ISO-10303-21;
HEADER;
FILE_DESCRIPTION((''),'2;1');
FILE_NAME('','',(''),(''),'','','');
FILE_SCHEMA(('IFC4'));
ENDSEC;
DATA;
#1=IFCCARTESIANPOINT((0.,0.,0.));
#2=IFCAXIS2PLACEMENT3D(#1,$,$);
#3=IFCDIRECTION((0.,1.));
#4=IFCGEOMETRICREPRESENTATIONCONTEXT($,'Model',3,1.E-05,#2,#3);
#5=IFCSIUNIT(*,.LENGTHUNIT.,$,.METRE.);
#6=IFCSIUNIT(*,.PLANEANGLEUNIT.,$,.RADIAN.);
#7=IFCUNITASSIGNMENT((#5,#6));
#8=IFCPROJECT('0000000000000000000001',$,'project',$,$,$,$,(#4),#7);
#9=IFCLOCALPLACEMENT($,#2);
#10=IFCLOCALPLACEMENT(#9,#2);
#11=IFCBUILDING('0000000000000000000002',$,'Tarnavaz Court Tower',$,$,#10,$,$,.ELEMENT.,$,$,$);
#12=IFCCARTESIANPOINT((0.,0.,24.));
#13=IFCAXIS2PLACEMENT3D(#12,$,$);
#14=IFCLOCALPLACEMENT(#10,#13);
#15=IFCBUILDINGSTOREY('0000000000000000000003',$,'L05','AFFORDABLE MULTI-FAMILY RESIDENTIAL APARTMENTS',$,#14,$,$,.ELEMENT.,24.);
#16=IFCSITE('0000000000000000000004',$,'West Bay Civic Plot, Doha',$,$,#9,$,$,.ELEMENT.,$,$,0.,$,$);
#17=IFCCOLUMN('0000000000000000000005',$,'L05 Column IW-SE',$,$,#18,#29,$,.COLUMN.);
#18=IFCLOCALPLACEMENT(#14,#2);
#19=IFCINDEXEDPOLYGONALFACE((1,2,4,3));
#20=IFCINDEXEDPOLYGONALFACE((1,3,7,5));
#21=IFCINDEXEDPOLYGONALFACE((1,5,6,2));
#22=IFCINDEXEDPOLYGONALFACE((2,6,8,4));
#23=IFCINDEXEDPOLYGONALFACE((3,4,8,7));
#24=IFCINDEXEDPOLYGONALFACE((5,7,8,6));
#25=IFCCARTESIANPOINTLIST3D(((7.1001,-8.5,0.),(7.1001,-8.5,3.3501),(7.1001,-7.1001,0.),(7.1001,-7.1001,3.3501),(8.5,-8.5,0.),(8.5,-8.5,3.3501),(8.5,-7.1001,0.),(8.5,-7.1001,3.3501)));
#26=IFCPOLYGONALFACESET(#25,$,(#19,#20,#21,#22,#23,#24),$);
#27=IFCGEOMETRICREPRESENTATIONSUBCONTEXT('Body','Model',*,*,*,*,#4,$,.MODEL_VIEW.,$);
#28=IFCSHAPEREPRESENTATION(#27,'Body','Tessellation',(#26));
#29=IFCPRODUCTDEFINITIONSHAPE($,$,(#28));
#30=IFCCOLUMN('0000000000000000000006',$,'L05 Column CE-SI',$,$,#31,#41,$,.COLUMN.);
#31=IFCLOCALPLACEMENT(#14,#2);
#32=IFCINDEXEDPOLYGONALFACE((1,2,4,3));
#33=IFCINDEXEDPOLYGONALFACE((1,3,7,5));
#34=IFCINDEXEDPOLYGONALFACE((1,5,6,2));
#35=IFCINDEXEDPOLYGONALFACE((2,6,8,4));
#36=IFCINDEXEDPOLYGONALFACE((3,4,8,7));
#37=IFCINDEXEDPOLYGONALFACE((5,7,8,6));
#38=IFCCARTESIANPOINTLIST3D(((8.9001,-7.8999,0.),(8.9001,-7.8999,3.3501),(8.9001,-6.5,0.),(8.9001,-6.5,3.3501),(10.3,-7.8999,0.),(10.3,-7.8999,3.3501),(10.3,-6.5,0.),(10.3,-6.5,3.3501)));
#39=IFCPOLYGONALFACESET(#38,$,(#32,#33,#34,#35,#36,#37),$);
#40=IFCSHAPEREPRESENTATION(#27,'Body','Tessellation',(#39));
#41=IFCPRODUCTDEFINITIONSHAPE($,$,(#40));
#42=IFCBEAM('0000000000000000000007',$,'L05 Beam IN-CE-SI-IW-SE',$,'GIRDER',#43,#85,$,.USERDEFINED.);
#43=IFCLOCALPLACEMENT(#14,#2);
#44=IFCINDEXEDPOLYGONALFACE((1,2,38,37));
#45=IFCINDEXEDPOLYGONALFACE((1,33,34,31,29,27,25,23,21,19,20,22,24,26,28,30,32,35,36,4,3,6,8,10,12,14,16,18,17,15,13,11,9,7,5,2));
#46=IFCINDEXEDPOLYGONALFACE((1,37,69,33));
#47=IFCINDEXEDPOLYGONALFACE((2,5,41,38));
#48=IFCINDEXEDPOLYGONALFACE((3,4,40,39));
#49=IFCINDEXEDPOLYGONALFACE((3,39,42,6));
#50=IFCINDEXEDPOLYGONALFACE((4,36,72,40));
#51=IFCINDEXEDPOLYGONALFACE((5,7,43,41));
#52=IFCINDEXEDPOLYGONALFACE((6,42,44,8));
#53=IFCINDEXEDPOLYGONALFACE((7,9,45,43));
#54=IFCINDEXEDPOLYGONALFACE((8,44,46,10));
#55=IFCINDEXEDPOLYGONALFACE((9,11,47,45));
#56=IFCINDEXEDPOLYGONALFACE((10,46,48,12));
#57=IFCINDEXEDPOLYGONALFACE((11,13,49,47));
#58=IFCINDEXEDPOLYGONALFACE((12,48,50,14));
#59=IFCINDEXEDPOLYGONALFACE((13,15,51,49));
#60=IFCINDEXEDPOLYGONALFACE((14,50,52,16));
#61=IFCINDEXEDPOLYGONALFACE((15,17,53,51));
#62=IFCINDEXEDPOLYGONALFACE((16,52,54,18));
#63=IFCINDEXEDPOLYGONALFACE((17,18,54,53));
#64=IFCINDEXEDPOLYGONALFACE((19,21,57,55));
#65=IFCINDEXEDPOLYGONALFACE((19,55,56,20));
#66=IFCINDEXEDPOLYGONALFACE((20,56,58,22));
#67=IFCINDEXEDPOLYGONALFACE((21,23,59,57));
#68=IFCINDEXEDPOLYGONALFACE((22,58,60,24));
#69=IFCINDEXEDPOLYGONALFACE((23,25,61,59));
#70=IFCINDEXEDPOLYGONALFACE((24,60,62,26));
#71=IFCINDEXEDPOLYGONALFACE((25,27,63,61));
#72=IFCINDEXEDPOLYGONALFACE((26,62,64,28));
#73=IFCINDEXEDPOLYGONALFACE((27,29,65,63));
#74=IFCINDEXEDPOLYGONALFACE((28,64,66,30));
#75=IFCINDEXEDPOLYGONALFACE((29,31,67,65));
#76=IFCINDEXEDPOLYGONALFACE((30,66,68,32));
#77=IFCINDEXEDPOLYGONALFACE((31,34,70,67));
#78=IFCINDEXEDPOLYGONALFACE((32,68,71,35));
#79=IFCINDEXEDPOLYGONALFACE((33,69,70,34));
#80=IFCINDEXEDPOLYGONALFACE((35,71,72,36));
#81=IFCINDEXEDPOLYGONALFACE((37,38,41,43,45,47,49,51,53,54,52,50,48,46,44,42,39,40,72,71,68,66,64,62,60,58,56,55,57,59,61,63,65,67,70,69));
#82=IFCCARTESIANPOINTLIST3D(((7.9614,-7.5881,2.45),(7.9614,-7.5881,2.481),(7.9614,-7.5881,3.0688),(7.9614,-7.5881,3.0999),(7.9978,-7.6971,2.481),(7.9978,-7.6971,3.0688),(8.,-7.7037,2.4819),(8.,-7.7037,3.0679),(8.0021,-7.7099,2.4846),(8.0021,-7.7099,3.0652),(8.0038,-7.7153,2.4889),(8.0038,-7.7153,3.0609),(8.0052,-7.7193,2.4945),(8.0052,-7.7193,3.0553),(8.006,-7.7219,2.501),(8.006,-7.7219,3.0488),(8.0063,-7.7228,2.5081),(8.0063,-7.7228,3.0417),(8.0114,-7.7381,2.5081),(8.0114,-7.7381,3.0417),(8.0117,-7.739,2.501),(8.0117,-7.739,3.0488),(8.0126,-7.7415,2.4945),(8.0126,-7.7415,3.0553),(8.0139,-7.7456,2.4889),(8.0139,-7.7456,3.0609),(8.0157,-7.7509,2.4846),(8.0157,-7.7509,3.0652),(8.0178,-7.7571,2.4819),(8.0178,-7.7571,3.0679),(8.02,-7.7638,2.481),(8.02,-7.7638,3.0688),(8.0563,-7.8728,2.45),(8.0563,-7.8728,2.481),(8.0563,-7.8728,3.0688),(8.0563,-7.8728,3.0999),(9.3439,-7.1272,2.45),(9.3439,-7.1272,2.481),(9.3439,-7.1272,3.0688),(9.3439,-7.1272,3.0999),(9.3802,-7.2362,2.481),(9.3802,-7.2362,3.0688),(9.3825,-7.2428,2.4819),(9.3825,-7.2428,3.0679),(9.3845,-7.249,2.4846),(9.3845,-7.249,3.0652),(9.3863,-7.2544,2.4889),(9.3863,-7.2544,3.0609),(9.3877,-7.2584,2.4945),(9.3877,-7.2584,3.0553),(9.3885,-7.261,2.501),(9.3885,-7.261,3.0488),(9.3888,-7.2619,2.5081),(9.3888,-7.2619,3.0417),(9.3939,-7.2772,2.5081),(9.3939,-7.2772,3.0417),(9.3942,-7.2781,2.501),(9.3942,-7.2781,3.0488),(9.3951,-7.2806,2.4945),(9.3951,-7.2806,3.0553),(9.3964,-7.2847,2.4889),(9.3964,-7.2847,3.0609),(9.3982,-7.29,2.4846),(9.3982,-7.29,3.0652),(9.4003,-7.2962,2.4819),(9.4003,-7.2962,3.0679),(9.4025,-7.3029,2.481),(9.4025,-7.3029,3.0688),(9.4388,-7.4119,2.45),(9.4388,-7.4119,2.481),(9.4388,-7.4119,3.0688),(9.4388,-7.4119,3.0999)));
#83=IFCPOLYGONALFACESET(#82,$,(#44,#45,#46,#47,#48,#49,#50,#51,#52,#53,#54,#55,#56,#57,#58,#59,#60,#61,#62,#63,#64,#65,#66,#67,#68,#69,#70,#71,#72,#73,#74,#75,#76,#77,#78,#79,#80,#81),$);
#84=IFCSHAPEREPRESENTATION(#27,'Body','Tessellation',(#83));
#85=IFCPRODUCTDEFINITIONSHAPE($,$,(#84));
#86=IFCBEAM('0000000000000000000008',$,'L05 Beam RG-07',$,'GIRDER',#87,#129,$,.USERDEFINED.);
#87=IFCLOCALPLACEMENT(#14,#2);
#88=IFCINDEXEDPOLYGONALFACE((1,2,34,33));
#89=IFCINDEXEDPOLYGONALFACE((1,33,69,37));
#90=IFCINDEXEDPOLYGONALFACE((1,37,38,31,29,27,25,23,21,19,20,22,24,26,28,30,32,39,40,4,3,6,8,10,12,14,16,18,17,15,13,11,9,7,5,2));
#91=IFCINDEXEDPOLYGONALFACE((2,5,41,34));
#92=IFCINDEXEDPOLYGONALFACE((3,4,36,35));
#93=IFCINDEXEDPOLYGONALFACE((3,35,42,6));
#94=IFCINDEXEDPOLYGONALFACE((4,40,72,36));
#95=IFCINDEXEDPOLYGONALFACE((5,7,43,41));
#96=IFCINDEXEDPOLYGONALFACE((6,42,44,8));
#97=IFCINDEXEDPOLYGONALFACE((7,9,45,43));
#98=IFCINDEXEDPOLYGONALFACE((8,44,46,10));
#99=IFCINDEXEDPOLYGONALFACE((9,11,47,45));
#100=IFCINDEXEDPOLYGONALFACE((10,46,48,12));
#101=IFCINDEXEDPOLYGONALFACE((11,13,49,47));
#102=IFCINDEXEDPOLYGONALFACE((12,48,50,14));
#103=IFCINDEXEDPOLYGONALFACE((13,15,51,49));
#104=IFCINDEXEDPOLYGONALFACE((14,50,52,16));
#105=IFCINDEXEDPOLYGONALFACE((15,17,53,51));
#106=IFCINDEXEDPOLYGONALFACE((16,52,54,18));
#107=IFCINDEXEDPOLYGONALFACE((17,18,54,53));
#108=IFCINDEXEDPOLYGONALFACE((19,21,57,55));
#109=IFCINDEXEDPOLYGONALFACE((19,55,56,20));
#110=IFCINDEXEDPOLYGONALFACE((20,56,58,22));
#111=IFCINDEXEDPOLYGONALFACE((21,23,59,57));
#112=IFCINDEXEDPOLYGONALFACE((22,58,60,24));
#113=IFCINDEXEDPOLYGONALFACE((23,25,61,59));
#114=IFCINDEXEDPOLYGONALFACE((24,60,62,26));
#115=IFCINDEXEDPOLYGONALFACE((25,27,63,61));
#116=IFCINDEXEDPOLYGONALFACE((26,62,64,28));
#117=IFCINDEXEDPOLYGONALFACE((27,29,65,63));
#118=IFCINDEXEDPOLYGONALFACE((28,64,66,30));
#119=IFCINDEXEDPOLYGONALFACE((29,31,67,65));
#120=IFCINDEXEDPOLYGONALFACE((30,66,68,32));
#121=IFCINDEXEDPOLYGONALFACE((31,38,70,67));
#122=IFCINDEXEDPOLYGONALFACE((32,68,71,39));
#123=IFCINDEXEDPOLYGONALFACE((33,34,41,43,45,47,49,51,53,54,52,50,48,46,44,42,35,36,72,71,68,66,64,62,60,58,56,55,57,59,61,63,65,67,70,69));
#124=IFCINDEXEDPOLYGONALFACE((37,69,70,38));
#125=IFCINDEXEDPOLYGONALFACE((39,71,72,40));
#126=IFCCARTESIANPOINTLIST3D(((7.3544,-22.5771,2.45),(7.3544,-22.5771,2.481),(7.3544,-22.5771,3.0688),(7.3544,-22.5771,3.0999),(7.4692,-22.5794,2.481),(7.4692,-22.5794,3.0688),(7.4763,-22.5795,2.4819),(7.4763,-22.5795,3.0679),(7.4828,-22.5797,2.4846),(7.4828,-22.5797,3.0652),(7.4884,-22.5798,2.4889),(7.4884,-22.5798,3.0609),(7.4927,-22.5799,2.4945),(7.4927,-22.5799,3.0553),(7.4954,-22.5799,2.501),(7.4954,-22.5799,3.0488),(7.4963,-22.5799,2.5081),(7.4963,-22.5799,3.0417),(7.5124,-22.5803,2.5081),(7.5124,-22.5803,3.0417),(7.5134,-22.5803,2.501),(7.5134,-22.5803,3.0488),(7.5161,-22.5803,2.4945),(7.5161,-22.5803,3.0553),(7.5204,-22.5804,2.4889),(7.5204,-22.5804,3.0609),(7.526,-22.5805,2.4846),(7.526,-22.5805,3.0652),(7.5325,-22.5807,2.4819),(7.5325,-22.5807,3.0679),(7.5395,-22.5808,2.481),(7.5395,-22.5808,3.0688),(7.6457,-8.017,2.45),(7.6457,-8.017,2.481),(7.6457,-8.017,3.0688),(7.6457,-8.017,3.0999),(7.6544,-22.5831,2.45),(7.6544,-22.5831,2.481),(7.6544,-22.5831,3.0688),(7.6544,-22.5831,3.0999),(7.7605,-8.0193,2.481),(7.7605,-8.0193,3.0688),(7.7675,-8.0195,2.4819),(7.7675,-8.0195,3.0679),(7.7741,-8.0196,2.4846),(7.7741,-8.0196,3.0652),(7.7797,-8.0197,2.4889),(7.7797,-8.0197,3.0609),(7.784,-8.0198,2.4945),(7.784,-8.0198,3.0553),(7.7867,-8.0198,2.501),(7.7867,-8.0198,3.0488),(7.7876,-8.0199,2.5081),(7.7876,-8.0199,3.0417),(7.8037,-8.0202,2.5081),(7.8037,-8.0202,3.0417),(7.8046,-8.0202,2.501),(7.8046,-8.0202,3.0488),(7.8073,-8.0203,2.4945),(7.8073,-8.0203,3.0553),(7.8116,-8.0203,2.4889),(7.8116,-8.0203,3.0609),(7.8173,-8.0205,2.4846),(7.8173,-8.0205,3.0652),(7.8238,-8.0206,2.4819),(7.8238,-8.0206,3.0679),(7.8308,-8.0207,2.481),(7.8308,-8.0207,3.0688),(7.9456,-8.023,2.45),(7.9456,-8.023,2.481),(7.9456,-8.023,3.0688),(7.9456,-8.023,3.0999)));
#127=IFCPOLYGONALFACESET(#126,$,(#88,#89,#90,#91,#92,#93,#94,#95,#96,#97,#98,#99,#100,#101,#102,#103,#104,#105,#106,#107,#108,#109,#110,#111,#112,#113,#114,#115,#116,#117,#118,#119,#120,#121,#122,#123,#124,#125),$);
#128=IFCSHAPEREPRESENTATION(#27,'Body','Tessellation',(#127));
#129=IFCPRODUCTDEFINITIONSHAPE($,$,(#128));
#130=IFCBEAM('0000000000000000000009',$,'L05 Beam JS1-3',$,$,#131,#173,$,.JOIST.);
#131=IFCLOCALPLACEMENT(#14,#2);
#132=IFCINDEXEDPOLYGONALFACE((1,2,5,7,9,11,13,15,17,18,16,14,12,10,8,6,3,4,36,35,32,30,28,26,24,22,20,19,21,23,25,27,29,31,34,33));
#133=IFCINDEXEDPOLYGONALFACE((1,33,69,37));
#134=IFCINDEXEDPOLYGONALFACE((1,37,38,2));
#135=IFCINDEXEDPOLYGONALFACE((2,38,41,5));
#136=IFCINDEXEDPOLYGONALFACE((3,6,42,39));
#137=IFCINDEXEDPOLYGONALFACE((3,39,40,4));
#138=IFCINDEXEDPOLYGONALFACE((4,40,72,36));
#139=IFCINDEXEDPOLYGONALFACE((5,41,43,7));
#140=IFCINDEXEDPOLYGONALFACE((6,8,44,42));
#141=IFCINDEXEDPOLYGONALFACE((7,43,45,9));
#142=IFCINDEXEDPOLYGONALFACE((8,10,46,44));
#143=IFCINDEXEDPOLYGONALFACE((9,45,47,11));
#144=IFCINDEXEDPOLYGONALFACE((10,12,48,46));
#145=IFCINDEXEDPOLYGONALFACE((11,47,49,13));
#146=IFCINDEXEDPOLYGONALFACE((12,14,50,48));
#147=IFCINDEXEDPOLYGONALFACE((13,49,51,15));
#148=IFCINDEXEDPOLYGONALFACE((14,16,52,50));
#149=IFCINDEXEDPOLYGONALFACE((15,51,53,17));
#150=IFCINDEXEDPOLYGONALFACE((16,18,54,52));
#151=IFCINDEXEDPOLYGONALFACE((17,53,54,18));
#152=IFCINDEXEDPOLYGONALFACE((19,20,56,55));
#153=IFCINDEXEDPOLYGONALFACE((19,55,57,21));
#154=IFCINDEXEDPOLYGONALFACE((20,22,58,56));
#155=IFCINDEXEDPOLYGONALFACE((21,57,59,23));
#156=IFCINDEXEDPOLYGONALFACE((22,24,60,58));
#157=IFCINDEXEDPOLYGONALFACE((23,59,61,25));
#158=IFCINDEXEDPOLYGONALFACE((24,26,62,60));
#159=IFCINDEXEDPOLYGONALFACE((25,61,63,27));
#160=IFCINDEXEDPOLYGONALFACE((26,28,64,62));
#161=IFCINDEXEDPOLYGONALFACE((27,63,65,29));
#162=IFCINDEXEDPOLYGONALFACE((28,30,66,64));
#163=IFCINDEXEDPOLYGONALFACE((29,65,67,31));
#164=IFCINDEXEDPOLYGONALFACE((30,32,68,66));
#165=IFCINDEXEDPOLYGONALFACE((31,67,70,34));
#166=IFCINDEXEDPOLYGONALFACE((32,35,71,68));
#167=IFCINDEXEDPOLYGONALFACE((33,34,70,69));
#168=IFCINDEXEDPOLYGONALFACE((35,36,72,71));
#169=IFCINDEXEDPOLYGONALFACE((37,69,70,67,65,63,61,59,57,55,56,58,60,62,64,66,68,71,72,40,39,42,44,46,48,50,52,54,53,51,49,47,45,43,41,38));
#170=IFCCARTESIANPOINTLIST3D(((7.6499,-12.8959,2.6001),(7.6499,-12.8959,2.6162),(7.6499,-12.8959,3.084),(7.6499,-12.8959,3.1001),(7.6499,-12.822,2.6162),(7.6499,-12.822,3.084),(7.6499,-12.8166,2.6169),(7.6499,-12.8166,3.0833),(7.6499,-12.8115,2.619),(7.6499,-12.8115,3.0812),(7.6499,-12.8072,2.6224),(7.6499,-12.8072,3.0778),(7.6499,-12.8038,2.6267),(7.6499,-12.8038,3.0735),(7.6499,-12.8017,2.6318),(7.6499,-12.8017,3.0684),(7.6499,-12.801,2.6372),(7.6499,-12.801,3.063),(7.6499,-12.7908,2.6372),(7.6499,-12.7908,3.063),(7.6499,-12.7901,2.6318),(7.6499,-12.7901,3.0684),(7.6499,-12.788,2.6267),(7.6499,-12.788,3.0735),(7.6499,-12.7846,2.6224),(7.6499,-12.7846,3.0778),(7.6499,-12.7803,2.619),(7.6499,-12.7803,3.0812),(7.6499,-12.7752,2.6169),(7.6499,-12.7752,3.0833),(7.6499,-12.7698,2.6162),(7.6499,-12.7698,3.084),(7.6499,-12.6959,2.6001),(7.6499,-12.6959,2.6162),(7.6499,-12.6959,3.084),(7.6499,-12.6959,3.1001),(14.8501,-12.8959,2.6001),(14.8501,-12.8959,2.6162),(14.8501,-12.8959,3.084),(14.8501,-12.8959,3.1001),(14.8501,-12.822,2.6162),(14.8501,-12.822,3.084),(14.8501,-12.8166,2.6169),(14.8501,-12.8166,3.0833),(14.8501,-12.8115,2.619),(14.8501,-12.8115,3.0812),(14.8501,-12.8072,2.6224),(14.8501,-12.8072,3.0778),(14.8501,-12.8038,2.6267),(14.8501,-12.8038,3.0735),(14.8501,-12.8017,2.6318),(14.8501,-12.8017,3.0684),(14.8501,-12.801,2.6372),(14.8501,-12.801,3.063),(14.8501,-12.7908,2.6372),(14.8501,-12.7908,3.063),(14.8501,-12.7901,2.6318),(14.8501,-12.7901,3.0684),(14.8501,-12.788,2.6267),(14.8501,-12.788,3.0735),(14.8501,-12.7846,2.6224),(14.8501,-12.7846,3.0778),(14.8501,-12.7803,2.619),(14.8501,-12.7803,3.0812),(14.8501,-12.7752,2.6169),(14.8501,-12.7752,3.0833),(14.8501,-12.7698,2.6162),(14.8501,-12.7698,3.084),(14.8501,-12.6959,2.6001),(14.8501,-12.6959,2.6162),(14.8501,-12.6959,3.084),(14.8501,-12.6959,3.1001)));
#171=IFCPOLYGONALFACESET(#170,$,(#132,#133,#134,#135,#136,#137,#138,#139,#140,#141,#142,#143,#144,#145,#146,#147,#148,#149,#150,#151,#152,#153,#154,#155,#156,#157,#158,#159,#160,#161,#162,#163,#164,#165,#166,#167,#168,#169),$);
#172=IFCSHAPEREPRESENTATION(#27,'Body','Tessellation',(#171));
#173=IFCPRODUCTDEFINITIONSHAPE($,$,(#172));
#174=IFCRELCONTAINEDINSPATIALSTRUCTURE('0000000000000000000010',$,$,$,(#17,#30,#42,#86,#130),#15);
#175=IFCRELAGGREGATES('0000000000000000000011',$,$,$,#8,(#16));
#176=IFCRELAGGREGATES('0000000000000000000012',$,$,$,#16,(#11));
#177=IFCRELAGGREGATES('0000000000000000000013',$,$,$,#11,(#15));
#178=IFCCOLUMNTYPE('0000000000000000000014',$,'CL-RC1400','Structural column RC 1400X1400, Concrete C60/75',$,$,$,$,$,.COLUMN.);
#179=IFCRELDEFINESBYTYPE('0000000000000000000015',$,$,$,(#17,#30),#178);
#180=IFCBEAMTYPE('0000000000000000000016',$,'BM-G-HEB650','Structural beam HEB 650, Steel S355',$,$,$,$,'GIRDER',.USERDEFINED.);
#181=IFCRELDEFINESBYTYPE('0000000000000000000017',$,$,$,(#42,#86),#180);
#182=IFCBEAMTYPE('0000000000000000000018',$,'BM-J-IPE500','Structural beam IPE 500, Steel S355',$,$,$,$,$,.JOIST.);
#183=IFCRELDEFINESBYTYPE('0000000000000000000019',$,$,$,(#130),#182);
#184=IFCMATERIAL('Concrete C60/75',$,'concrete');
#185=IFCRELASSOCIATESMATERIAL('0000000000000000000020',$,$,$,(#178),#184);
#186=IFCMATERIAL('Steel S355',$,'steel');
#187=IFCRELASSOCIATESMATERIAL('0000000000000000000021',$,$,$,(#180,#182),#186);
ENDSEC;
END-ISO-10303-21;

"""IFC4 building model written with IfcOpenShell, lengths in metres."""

from ifc_helpers import new_model, si_unit, direction, frame, origin, origin_2d, place, context, subcontext, project, spatial, rectangle, i_section, extrude, material, material_profile, profile_set, type_object, element, save


model = new_model("IFC4")

# Units and contexts
model_context = context("Model", 3, precision=1e-05, world=origin(), true_north=direction((0.0, 1.0)))
body_context = subcontext(model_context, "Body", "Model", "MODEL_VIEW")
ifc_project = project(units=[si_unit("LENGTHUNIT", "METRE"), si_unit("PLANEANGLEUNIT", "RADIAN")], contexts=[model_context])

# Site, building, storey
site_placement = place(None, origin())
site = spatial("IfcSite", under=ifc_project, at=site_placement, Name="West Bay Civic Plot, Doha", CompositionType="ELEMENT", RefElevation=0.0)
building_placement = place(site_placement, origin())
building = spatial("IfcBuilding", under=site, at=building_placement, Name="Tarnavaz Court Tower", CompositionType="ELEMENT")
storey_placement = place(building_placement, frame((0.0, 0.0, 24.0)))
storey = spatial("IfcBuildingStorey", under=building, at=storey_placement, Name="L05", Description="AFFORDABLE MULTI-FAMILY RESIDENTIAL APARTMENTS", CompositionType="ELEMENT", Elevation=24.0)

# Columns
ifc_material_1 = material(Name="Concrete C60/75", Category="concrete")
ifc_material_profile_1 = material_profile(ifc_material_1, rectangle(XDim=1.3999, YDim=1.3999, at=origin_2d()), Name="RC 1400X1400")
ifc_profile_set_1 = profile_set([ifc_material_profile_1], Name="Concrete C60/75")
column_type = type_object("IfcColumnType", Name="CL-RC1400", Description="Structural column RC 1400X1400, Concrete C60/75", PredefinedType="COLUMN", material=ifc_profile_set_1)
for number, where, z_axis, x_axis, name in (
    (1, (7.8, -7.8, 0.0), (0.0, 0.0, 1.0), (1.0, 0.0, 0.0), "L05 Column IW-SE"),
    (2, (9.6001, -7.2, 0.0), (0.0, 0.0, 1.0), (1.0, 0.0, 0.0), "L05 Column CE-SI"),
):
    element("IfcColumn", number, at=place(storey_placement, frame(where, z_axis=z_axis, x_axis=x_axis)), inside=storey, type_object=column_type, Name=name, PredefinedType="COLUMN", context=body_context, shape_type="SweptSolid", body=[
        extrude(rectangle(XDim=1.3999, YDim=1.3999, at=origin_2d()), origin(), (0.0, 0.0, 1.0), 3.3501),
    ])

# Beams
ifc_material_2 = material(Name="Steel S355", Category="steel")
ifc_material_profile_2 = material_profile(ifc_material_2, i_section(OverallWidth=0.3, OverallDepth=0.6499, WebThickness=0.0161, FlangeThickness=0.031, FilletRadius=0.0271, at=origin_2d()), Name="HEB 650")
ifc_profile_set_2 = profile_set([ifc_material_profile_2], Name="Steel S355")
beam_type_1 = type_object("IfcBeamType", Name="BM-G-HEB650", Description="Structural beam HEB 650, Steel S355", ElementType="GIRDER", PredefinedType="USERDEFINED", material=ifc_profile_set_2)
beam_1_placement = place(storey_placement, frame((9.3914, -7.2695, 2.7749), z_axis=(-0.948667, -0.316278, 0.0), x_axis=(0.316278, -0.948667, 0.0)))
element("IfcBeam", 3, at=beam_1_placement, inside=storey, type_object=beam_type_1, Name="L05 Beam IN-CE-SI-IW-SE", ObjectType="GIRDER", PredefinedType="USERDEFINED", context=body_context, shape_type="SweptSolid", body=[
    extrude(i_section(OverallWidth=0.3, OverallDepth=0.6499, WebThickness=0.0161, FlangeThickness=0.031, FilletRadius=0.0271, at=origin_2d()), origin(), (0.0, 0.0, 1.0), 1.4573),
])
beam_2_placement = place(storey_placement, frame((7.7957, -8.02, 2.7749), z_axis=(-0.02, -0.9998, 0.0), x_axis=(0.9998, -0.02, 0.0)))
element("IfcBeam", 4, at=beam_2_placement, inside=storey, type_object=beam_type_1, Name="L05 Beam RG-07", ObjectType="GIRDER", PredefinedType="USERDEFINED", context=body_context, shape_type="SweptSolid", body=[
    extrude(i_section(OverallWidth=0.3, OverallDepth=0.6499, WebThickness=0.0161, FlangeThickness=0.031, FilletRadius=0.0271, at=origin_2d()), origin(), (0.0, 0.0, 1.0), 14.563),
])
ifc_material_profile_3 = material_profile(ifc_material_2, i_section(OverallWidth=0.2, OverallDepth=0.5, WebThickness=0.0103, FlangeThickness=0.0161, FilletRadius=0.021, at=origin_2d()), Name="IPE 500")
ifc_profile_set_3 = profile_set([ifc_material_profile_3], Name="Steel S355")
beam_type_2 = type_object("IfcBeamType", Name="BM-J-IPE500", Description="Structural beam IPE 500, Steel S355", PredefinedType="JOIST", material=ifc_profile_set_3)
beam_3_placement = place(storey_placement, frame((7.6499, -12.7959, 2.8501), z_axis=(1.0, 0.0, 0.0), x_axis=(0.0, 1.0, 0.0)))
element("IfcBeam", 5, at=beam_3_placement, inside=storey, type_object=beam_type_2, Name="L05 Beam JS1-3", PredefinedType="JOIST", context=body_context, shape_type="SweptSolid", body=[
    extrude(i_section(OverallWidth=0.2, OverallDepth=0.5, WebThickness=0.0103, FlangeThickness=0.0161, FilletRadius=0.021, at=origin_2d()), origin(), (0.0, 0.0, 1.0), 7.2002),
])

save(model, "model.ifc")
